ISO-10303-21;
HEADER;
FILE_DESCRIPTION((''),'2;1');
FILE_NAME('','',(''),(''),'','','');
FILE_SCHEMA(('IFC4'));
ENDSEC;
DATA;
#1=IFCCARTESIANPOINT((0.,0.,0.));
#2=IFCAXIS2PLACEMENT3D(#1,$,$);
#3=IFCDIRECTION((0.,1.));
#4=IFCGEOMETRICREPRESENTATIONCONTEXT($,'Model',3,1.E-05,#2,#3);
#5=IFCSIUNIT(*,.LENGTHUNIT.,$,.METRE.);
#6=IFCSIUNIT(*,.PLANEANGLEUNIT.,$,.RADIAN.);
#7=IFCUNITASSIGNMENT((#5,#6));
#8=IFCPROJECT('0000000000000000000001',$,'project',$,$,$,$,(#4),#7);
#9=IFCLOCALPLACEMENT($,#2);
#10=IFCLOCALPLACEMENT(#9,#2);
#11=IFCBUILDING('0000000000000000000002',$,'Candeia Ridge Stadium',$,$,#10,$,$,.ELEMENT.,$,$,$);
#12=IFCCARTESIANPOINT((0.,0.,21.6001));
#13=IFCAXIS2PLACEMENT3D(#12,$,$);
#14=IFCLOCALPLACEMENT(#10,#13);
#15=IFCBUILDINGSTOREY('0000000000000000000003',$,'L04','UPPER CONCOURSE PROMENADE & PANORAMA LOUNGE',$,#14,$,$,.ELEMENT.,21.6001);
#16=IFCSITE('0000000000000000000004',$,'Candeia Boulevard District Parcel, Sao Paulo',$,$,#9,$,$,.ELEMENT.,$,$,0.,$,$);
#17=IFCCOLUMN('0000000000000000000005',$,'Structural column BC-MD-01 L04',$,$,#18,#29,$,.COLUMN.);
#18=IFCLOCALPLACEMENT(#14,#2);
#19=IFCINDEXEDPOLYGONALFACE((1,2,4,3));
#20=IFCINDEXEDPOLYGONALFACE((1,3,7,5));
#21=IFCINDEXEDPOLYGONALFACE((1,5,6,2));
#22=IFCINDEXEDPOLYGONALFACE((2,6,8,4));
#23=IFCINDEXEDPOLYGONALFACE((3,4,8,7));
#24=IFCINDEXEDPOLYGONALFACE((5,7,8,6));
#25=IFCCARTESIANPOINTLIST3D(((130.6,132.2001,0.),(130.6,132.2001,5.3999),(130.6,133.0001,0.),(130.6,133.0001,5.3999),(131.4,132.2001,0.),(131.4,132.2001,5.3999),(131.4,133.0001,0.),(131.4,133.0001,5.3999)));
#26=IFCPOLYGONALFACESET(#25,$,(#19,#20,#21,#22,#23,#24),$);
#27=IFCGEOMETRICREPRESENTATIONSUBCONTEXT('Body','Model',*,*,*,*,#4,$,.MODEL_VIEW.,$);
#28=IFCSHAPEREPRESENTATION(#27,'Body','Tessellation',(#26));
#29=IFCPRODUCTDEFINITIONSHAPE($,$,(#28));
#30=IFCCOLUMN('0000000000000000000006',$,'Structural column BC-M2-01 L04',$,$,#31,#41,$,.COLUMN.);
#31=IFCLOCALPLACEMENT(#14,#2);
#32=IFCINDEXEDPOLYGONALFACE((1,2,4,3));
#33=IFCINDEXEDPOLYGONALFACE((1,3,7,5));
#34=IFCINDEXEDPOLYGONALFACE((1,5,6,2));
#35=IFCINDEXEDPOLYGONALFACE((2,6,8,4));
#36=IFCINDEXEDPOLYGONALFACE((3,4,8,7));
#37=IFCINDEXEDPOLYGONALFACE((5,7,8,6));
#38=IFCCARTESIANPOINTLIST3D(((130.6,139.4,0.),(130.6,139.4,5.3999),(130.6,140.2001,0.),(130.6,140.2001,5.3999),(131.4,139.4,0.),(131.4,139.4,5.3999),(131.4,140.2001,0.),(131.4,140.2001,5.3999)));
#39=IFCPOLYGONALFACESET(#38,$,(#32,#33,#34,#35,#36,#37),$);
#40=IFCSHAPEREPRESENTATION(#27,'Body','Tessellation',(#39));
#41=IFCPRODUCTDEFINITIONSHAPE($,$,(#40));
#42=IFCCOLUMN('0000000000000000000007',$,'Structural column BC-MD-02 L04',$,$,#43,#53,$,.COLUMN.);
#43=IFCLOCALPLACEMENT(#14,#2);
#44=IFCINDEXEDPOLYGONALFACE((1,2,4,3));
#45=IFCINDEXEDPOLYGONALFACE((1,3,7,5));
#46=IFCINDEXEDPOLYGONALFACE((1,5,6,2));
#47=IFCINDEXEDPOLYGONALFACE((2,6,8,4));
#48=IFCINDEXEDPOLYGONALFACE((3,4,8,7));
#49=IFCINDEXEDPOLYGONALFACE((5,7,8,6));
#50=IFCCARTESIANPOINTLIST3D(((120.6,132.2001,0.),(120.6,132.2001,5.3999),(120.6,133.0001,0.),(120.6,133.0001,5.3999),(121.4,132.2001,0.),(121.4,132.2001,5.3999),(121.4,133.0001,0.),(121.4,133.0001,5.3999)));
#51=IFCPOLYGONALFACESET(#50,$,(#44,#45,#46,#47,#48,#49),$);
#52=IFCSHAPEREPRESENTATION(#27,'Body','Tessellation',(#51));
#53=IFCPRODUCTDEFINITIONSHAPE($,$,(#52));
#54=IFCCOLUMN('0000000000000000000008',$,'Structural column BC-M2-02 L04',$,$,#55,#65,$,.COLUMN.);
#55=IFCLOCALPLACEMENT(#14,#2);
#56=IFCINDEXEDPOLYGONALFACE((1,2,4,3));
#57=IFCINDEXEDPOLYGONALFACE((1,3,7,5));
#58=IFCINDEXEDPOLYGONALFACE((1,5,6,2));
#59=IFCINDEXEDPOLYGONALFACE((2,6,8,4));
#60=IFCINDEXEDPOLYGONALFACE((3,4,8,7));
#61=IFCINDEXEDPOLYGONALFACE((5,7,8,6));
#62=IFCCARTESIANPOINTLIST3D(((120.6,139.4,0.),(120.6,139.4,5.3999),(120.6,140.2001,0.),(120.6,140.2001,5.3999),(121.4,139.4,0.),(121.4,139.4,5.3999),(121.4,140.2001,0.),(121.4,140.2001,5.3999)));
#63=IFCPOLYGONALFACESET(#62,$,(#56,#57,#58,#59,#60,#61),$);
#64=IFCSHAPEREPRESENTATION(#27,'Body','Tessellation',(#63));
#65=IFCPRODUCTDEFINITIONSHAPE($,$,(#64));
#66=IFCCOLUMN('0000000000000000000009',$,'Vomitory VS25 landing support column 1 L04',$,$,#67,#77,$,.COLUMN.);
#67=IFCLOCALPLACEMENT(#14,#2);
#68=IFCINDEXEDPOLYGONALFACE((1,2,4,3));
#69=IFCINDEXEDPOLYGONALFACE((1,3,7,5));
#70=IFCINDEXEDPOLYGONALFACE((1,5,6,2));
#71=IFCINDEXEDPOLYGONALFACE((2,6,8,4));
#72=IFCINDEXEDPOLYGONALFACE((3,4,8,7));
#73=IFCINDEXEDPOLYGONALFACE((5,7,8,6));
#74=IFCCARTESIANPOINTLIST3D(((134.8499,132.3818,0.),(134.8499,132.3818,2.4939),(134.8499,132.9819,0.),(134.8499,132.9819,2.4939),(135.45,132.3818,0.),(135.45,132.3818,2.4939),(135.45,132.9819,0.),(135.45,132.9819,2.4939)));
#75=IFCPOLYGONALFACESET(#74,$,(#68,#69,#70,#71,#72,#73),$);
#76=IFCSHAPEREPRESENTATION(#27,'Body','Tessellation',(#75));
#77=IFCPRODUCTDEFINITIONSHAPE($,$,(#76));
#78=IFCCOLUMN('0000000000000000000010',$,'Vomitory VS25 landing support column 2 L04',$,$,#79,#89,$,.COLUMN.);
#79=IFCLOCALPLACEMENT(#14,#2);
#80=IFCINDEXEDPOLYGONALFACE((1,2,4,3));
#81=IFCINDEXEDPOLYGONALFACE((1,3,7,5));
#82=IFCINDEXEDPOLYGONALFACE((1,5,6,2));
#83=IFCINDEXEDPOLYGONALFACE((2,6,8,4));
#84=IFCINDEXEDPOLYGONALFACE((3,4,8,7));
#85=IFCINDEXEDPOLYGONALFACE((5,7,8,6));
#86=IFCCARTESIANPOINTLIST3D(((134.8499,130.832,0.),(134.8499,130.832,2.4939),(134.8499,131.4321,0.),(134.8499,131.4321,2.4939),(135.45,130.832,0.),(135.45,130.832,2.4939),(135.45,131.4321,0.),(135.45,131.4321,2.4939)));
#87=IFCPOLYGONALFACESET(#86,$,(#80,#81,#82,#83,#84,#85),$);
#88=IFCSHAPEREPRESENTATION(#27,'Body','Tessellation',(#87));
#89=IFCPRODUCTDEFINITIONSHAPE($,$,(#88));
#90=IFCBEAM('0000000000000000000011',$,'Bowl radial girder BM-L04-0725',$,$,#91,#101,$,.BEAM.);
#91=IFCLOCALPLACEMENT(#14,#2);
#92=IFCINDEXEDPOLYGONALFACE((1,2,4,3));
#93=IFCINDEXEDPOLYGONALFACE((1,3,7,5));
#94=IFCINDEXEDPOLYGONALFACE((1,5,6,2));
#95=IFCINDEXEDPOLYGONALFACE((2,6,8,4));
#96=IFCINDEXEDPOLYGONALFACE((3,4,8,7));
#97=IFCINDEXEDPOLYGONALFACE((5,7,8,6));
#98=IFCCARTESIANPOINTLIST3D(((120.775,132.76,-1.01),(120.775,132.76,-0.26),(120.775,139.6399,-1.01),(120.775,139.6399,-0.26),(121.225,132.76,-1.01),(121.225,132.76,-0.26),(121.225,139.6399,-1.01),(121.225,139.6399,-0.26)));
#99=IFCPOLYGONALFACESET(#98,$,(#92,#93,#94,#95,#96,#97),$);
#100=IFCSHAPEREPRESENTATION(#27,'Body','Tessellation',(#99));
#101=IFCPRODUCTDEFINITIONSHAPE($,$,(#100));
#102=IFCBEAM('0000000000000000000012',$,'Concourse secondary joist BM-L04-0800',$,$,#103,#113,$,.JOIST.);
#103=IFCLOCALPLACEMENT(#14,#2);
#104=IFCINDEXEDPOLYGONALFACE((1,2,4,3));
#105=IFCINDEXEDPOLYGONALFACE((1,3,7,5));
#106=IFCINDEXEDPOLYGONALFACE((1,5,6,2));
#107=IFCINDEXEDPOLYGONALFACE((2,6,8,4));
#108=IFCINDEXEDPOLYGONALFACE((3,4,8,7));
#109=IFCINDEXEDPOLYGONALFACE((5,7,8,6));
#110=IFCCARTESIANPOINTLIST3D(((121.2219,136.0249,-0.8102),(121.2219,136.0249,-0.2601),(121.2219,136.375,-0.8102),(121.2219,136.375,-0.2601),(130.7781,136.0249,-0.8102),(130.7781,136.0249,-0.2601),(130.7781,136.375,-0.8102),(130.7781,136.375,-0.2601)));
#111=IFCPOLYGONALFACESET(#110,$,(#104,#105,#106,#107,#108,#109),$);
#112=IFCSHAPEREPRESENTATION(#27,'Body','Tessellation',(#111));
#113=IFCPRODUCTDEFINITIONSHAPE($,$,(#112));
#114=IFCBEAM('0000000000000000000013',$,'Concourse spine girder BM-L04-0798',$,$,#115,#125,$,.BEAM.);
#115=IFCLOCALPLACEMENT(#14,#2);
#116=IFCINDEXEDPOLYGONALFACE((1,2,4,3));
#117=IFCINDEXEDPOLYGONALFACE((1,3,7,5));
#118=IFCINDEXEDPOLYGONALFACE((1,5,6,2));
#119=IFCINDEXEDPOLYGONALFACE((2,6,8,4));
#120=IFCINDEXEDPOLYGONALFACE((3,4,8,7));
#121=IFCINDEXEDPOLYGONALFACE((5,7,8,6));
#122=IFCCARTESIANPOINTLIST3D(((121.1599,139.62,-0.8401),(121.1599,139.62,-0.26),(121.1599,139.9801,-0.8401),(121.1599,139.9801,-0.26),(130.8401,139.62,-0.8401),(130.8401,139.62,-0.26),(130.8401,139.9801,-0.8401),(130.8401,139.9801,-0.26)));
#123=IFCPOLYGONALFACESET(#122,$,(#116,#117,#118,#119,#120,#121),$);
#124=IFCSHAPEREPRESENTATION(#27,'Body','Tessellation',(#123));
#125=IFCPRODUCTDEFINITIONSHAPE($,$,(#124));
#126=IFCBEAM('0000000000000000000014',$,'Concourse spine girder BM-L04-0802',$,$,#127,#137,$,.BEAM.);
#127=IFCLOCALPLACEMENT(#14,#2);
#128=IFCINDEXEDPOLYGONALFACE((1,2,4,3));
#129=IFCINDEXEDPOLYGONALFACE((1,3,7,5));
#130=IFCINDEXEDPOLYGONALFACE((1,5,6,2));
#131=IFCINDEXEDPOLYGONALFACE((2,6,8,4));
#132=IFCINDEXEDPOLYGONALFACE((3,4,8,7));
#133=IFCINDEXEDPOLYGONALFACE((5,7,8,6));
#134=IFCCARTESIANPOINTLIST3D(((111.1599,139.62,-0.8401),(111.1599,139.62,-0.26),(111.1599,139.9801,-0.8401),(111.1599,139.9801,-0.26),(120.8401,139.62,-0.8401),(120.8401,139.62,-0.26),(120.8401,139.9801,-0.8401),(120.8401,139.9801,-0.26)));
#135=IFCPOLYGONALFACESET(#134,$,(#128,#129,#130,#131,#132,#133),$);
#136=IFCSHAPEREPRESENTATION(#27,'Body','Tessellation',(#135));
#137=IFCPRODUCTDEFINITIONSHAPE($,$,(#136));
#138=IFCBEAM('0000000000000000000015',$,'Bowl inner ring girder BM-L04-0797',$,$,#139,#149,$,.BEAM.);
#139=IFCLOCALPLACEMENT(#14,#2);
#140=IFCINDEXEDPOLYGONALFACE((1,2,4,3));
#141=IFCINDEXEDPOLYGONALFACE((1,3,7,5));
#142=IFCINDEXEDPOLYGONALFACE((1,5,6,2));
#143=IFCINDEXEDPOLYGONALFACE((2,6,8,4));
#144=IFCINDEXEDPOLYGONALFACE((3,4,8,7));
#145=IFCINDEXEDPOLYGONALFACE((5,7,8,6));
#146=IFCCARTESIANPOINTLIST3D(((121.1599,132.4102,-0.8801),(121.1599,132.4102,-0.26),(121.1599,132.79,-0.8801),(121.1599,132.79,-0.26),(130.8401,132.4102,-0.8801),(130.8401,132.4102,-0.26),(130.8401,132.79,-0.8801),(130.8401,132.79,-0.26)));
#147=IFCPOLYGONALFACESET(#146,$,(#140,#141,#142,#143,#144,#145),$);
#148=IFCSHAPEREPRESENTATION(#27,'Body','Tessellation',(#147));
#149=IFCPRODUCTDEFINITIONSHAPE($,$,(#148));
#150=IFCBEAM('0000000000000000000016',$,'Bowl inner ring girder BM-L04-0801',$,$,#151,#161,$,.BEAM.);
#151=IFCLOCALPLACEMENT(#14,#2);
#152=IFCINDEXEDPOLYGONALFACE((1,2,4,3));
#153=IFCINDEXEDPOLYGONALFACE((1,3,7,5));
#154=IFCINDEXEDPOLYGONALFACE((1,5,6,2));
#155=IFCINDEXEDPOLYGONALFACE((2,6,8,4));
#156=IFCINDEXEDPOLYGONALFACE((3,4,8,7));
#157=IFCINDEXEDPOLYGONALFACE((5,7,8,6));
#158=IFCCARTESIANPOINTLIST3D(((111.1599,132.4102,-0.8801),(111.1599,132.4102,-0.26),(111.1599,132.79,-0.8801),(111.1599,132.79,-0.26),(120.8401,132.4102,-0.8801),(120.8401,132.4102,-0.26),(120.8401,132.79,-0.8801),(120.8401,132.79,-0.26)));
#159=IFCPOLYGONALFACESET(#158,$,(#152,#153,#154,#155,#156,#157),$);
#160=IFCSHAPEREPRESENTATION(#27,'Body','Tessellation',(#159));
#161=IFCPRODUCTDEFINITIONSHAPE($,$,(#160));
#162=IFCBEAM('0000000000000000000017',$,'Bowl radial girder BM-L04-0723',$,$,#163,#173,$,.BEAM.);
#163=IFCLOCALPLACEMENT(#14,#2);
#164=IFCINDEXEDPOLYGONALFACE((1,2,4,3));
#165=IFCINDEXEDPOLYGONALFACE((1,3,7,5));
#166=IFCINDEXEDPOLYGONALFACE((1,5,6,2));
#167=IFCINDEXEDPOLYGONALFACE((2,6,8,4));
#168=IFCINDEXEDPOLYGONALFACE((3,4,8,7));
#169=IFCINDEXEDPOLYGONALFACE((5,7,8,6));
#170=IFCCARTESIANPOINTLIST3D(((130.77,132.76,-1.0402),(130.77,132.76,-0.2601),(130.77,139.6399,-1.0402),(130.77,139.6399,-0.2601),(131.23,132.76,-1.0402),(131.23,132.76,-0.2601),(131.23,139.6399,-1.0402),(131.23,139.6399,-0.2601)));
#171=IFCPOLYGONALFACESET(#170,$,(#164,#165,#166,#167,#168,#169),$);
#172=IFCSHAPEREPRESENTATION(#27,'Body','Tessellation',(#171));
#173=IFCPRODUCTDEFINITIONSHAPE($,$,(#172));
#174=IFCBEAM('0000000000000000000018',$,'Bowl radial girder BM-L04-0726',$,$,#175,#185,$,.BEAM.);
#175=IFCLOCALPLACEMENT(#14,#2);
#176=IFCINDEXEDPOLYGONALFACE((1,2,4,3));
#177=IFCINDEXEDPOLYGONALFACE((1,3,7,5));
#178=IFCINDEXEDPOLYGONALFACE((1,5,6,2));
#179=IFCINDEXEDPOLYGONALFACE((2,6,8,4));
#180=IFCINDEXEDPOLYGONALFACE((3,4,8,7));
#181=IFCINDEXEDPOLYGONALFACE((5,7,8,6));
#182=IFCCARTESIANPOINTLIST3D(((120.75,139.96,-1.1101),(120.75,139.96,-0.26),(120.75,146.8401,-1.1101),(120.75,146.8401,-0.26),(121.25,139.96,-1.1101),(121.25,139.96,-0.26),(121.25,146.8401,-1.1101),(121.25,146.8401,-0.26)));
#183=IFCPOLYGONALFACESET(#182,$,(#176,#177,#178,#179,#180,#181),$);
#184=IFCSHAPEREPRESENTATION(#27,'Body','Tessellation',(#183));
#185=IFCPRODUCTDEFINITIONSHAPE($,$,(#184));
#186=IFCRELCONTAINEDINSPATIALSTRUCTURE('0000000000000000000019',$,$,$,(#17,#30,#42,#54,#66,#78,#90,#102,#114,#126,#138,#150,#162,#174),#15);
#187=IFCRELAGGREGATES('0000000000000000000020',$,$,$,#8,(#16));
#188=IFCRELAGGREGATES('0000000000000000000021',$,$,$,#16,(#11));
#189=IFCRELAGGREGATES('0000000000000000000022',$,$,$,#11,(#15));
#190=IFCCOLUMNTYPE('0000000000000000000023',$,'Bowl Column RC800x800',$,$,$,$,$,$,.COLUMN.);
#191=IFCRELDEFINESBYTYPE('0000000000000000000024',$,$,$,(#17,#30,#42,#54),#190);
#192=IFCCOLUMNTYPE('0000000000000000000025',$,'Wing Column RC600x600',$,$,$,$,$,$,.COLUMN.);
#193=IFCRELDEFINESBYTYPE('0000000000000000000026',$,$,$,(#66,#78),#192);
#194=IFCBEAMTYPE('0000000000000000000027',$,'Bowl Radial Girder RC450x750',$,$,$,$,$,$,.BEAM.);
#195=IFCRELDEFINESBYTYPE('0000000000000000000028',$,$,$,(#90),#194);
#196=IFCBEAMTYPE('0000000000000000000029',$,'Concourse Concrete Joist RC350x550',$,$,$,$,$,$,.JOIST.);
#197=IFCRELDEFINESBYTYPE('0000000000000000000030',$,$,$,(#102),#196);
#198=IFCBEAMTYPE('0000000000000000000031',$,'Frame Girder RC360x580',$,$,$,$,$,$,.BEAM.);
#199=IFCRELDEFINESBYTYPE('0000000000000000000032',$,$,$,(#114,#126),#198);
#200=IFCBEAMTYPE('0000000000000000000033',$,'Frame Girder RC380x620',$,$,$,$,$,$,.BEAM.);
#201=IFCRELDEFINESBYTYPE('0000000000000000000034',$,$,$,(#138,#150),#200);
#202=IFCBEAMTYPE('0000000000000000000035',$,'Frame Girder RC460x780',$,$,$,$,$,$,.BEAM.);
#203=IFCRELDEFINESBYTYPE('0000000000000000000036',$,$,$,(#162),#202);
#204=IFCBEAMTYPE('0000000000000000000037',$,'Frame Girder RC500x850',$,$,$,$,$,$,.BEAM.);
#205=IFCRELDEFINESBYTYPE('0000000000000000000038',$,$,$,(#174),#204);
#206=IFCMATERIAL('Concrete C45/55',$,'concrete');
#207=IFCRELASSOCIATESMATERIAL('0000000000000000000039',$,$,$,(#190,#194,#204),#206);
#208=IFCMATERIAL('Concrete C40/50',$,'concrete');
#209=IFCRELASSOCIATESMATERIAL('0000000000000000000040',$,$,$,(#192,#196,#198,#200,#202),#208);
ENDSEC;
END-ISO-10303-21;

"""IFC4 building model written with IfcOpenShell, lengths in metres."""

from ifc_helpers import new_model, si_unit, direction, frame, origin, origin_2d, place, context, subcontext, project, spatial, rectangle, extrude, material, material_profile, profile_set, type_object, element, save


model = new_model("IFC4")

# Units and contexts
model_context = context("Model", 3, precision=1e-05, world=origin(), true_north=direction((0.0, 1.0)))
body_context = subcontext(model_context, "Body", "Model", "MODEL_VIEW")
ifc_project = project(units=[si_unit("LENGTHUNIT", "METRE"), si_unit("PLANEANGLEUNIT", "RADIAN")], contexts=[model_context])

# Site, building, storey
site_placement = place(None, origin())
site = spatial("IfcSite", under=ifc_project, at=site_placement, Name="Candeia Boulevard District Parcel, Sao Paulo", CompositionType="ELEMENT", RefElevation=0.0)
building_placement = place(site_placement, origin())
building = spatial("IfcBuilding", under=site, at=building_placement, Name="Candeia Ridge Stadium", CompositionType="ELEMENT")
storey_placement = place(building_placement, frame((0.0, 0.0, 21.6001)))
storey = spatial("IfcBuildingStorey", under=building, at=storey_placement, Name="L04", Description="UPPER CONCOURSE PROMENADE & PANORAMA LOUNGE", CompositionType="ELEMENT", Elevation=21.6001)

# Columns
ifc_material_1 = material(Name="Concrete C45/55", Category="concrete")
ifc_material_profile_1 = material_profile(ifc_material_1, rectangle(XDim=0.8, YDim=0.8, at=origin_2d()), Name="RC800x800", Category="concrete")
ifc_profile_set_1 = profile_set([ifc_material_profile_1], Name="Concrete C45/55")
column_type_1 = type_object("IfcColumnType", Name="Bowl Column RC800x800", PredefinedType="COLUMN", material=ifc_profile_set_1)
for number, where, z_axis, x_axis, name in (
    (1, (131.0, 132.6001, 0.0), (0.0, 0.0, 1.0), (1.0, 0.0, 0.0), "Structural column BC-MD-01 L04"),
    (2, (131.0, 139.8, 0.0), (0.0, 0.0, 1.0), (1.0, 0.0, 0.0), "Structural column BC-M2-01 L04"),
    (3, (121.0, 132.6001, 0.0), (0.0, 0.0, 1.0), (1.0, 0.0, 0.0), "Structural column BC-MD-02 L04"),
    (4, (121.0, 139.8, 0.0), (0.0, 0.0, 1.0), (1.0, 0.0, 0.0), "Structural column BC-M2-02 L04"),
):
    element("IfcColumn", number, at=place(storey_placement, frame(where, z_axis=z_axis, x_axis=x_axis)), inside=storey, type_object=column_type_1, Name=name, PredefinedType="COLUMN", context=body_context, shape_type="SweptSolid", body=[
        extrude(rectangle(XDim=0.8, YDim=0.8, at=origin_2d()), origin(), (0.0, 0.0, 1.0), 5.3999),
    ])
ifc_material_2 = material(Name="Concrete C40/50", Category="concrete")
ifc_material_profile_2 = material_profile(ifc_material_2, rectangle(XDim=0.6001, YDim=0.6001, at=origin_2d()), Name="RC600x600", Category="concrete")
ifc_profile_set_2 = profile_set([ifc_material_profile_2], Name="Concrete C40/50")
column_type_2 = type_object("IfcColumnType", Name="Wing Column RC600x600", PredefinedType="COLUMN", material=ifc_profile_set_2)
for number, where, z_axis, x_axis, name in (
    (5, (135.1499, 132.6819, 0.0), (0.0, 0.0, 1.0), (1.0, 0.0, 0.0), "Vomitory VS25 landing support column 1 L04"),
    (6, (135.1499, 131.1321, 0.0), (0.0, 0.0, 1.0), (1.0, 0.0, 0.0), "Vomitory VS25 landing support column 2 L04"),
):
    element("IfcColumn", number, at=place(storey_placement, frame(where, z_axis=z_axis, x_axis=x_axis)), inside=storey, type_object=column_type_2, Name=name, PredefinedType="COLUMN", context=body_context, shape_type="SweptSolid", body=[
        extrude(rectangle(XDim=0.6001, YDim=0.6001, at=origin_2d()), origin(), (0.0, 0.0, 1.0), 2.4939),
    ])

# Beams
ifc_material_profile_3 = material_profile(ifc_material_1, rectangle(XDim=0.45, YDim=0.75, at=origin_2d()), Name="RC450x750", Category="concrete")
ifc_profile_set_3 = profile_set([ifc_material_profile_3], Name="Concrete C45/55")
beam_type_1 = type_object("IfcBeamType", Name="Bowl Radial Girder RC450x750", PredefinedType="BEAM", material=ifc_profile_set_3)
beam_1_placement = place(storey_placement, frame((121.0, 132.76, -0.635), z_axis=(0.0, 1.0, 0.0), x_axis=(-1.0, 0.0, 0.0)))
element("IfcBeam", 7, at=beam_1_placement, inside=storey, type_object=beam_type_1, Name="Bowl radial girder BM-L04-0725", PredefinedType="BEAM", context=body_context, shape_type="SweptSolid", body=[
    extrude(rectangle(XDim=0.45, YDim=0.75, at=origin_2d()), origin(), (0.0, 0.0, 1.0), 6.8799),
])
ifc_material_profile_4 = material_profile(ifc_material_2, rectangle(XDim=0.3501, YDim=0.55, at=origin_2d()), Name="RC350x550", Category="concrete")
ifc_profile_set_4 = profile_set([ifc_material_profile_4], Name="Concrete C40/50")
beam_type_2 = type_object("IfcBeamType", Name="Concourse Concrete Joist RC350x550", PredefinedType="JOIST", material=ifc_profile_set_4)
beam_2_placement = place(storey_placement, frame((130.7781, 136.2, -0.5352), z_axis=(-1.0, 0.0, 0.0), x_axis=(0.0, -1.0, 0.0)))
element("IfcBeam", 8, at=beam_2_placement, inside=storey, type_object=beam_type_2, Name="Concourse secondary joist BM-L04-0800", PredefinedType="JOIST", context=body_context, shape_type="SweptSolid", body=[
    extrude(rectangle(XDim=0.3501, YDim=0.55, at=origin_2d()), origin(), (0.0, 0.0, 1.0), 9.5562),
])
ifc_material_profile_5 = material_profile(ifc_material_2, rectangle(XDim=0.3601, YDim=0.5801, at=origin_2d()), Name="RC360x580", Category="concrete")
ifc_profile_set_5 = profile_set([ifc_material_profile_5], Name="Concrete C40/50")
beam_type_3 = type_object("IfcBeamType", Name="Frame Girder RC360x580", PredefinedType="BEAM", material=ifc_profile_set_5)
for number, where, z_axis, x_axis, name in (
    (9, (130.8401, 139.8, -0.55), (-1.0, 0.0, 0.0), (0.0, -1.0, 0.0), "Concourse spine girder BM-L04-0798"),
    (10, (120.8401, 139.8, -0.55), (-1.0, 0.0, 0.0), (0.0, -1.0, 0.0), "Concourse spine girder BM-L04-0802"),
):
    element("IfcBeam", number, at=place(storey_placement, frame(where, z_axis=z_axis, x_axis=x_axis)), inside=storey, type_object=beam_type_3, Name=name, PredefinedType="BEAM", context=body_context, shape_type="SweptSolid", body=[
        extrude(rectangle(XDim=0.3601, YDim=0.5801, at=origin_2d()), origin(), (0.0, 0.0, 1.0), 9.6802),
    ])
ifc_material_profile_6 = material_profile(ifc_material_2, rectangle(XDim=0.3799, YDim=0.6201, at=origin_2d()), Name="RC380x620", Category="concrete")
ifc_profile_set_6 = profile_set([ifc_material_profile_6], Name="Concrete C40/50")
beam_type_4 = type_object("IfcBeamType", Name="Frame Girder RC380x620", PredefinedType="BEAM", material=ifc_profile_set_6)
for number, where, z_axis, x_axis, name in (
    (11, (130.8401, 132.6001, -0.5701), (-1.0, 0.0, 0.0), (0.0, -1.0, 0.0), "Bowl inner ring girder BM-L04-0797"),
    (12, (120.8401, 132.6001, -0.5701), (-1.0, 0.0, 0.0), (0.0, -1.0, 0.0), "Bowl inner ring girder BM-L04-0801"),
):
    element("IfcBeam", number, at=place(storey_placement, frame(where, z_axis=z_axis, x_axis=x_axis)), inside=storey, type_object=beam_type_4, Name=name, PredefinedType="BEAM", context=body_context, shape_type="SweptSolid", body=[
        extrude(rectangle(XDim=0.3799, YDim=0.6201, at=origin_2d()), origin(), (0.0, 0.0, 1.0), 9.6802),
    ])
ifc_material_profile_7 = material_profile(ifc_material_2, rectangle(XDim=0.46, YDim=0.78, at=origin_2d()), Name="RC460x780", Category="concrete")
ifc_profile_set_7 = profile_set([ifc_material_profile_7], Name="Concrete C40/50")
beam_type_5 = type_object("IfcBeamType", Name="Frame Girder RC460x780", PredefinedType="BEAM", material=ifc_profile_set_7)
beam_3_placement = place(storey_placement, frame((131.0, 132.76, -0.6501), z_axis=(0.0, 1.0, 0.0), x_axis=(-1.0, 0.0, 0.0)))
element("IfcBeam", 13, at=beam_3_placement, inside=storey, type_object=beam_type_5, Name="Bowl radial girder BM-L04-0723", PredefinedType="BEAM", context=body_context, shape_type="SweptSolid", body=[
    extrude(rectangle(XDim=0.46, YDim=0.78, at=origin_2d()), origin(), (0.0, 0.0, 1.0), 6.8799),
])
ifc_material_profile_8 = material_profile(ifc_material_1, rectangle(XDim=0.5, YDim=0.8501, at=origin_2d()), Name="RC500x850", Category="concrete")
ifc_profile_set_8 = profile_set([ifc_material_profile_8], Name="Concrete C45/55")
beam_type_6 = type_object("IfcBeamType", Name="Frame Girder RC500x850", PredefinedType="BEAM", material=ifc_profile_set_8)
beam_4_placement = place(storey_placement, frame((121.0, 139.96, -0.6851), z_axis=(0.0, 1.0, 0.0), x_axis=(-1.0, 0.0, 0.0)))
element("IfcBeam", 14, at=beam_4_placement, inside=storey, type_object=beam_type_6, Name="Bowl radial girder BM-L04-0726", PredefinedType="BEAM", context=body_context, shape_type="SweptSolid", body=[
    extrude(rectangle(XDim=0.5, YDim=0.8501, at=origin_2d()), origin(), (0.0, 0.0, 1.0), 6.8801),
])

save(model, "model.ifc")
